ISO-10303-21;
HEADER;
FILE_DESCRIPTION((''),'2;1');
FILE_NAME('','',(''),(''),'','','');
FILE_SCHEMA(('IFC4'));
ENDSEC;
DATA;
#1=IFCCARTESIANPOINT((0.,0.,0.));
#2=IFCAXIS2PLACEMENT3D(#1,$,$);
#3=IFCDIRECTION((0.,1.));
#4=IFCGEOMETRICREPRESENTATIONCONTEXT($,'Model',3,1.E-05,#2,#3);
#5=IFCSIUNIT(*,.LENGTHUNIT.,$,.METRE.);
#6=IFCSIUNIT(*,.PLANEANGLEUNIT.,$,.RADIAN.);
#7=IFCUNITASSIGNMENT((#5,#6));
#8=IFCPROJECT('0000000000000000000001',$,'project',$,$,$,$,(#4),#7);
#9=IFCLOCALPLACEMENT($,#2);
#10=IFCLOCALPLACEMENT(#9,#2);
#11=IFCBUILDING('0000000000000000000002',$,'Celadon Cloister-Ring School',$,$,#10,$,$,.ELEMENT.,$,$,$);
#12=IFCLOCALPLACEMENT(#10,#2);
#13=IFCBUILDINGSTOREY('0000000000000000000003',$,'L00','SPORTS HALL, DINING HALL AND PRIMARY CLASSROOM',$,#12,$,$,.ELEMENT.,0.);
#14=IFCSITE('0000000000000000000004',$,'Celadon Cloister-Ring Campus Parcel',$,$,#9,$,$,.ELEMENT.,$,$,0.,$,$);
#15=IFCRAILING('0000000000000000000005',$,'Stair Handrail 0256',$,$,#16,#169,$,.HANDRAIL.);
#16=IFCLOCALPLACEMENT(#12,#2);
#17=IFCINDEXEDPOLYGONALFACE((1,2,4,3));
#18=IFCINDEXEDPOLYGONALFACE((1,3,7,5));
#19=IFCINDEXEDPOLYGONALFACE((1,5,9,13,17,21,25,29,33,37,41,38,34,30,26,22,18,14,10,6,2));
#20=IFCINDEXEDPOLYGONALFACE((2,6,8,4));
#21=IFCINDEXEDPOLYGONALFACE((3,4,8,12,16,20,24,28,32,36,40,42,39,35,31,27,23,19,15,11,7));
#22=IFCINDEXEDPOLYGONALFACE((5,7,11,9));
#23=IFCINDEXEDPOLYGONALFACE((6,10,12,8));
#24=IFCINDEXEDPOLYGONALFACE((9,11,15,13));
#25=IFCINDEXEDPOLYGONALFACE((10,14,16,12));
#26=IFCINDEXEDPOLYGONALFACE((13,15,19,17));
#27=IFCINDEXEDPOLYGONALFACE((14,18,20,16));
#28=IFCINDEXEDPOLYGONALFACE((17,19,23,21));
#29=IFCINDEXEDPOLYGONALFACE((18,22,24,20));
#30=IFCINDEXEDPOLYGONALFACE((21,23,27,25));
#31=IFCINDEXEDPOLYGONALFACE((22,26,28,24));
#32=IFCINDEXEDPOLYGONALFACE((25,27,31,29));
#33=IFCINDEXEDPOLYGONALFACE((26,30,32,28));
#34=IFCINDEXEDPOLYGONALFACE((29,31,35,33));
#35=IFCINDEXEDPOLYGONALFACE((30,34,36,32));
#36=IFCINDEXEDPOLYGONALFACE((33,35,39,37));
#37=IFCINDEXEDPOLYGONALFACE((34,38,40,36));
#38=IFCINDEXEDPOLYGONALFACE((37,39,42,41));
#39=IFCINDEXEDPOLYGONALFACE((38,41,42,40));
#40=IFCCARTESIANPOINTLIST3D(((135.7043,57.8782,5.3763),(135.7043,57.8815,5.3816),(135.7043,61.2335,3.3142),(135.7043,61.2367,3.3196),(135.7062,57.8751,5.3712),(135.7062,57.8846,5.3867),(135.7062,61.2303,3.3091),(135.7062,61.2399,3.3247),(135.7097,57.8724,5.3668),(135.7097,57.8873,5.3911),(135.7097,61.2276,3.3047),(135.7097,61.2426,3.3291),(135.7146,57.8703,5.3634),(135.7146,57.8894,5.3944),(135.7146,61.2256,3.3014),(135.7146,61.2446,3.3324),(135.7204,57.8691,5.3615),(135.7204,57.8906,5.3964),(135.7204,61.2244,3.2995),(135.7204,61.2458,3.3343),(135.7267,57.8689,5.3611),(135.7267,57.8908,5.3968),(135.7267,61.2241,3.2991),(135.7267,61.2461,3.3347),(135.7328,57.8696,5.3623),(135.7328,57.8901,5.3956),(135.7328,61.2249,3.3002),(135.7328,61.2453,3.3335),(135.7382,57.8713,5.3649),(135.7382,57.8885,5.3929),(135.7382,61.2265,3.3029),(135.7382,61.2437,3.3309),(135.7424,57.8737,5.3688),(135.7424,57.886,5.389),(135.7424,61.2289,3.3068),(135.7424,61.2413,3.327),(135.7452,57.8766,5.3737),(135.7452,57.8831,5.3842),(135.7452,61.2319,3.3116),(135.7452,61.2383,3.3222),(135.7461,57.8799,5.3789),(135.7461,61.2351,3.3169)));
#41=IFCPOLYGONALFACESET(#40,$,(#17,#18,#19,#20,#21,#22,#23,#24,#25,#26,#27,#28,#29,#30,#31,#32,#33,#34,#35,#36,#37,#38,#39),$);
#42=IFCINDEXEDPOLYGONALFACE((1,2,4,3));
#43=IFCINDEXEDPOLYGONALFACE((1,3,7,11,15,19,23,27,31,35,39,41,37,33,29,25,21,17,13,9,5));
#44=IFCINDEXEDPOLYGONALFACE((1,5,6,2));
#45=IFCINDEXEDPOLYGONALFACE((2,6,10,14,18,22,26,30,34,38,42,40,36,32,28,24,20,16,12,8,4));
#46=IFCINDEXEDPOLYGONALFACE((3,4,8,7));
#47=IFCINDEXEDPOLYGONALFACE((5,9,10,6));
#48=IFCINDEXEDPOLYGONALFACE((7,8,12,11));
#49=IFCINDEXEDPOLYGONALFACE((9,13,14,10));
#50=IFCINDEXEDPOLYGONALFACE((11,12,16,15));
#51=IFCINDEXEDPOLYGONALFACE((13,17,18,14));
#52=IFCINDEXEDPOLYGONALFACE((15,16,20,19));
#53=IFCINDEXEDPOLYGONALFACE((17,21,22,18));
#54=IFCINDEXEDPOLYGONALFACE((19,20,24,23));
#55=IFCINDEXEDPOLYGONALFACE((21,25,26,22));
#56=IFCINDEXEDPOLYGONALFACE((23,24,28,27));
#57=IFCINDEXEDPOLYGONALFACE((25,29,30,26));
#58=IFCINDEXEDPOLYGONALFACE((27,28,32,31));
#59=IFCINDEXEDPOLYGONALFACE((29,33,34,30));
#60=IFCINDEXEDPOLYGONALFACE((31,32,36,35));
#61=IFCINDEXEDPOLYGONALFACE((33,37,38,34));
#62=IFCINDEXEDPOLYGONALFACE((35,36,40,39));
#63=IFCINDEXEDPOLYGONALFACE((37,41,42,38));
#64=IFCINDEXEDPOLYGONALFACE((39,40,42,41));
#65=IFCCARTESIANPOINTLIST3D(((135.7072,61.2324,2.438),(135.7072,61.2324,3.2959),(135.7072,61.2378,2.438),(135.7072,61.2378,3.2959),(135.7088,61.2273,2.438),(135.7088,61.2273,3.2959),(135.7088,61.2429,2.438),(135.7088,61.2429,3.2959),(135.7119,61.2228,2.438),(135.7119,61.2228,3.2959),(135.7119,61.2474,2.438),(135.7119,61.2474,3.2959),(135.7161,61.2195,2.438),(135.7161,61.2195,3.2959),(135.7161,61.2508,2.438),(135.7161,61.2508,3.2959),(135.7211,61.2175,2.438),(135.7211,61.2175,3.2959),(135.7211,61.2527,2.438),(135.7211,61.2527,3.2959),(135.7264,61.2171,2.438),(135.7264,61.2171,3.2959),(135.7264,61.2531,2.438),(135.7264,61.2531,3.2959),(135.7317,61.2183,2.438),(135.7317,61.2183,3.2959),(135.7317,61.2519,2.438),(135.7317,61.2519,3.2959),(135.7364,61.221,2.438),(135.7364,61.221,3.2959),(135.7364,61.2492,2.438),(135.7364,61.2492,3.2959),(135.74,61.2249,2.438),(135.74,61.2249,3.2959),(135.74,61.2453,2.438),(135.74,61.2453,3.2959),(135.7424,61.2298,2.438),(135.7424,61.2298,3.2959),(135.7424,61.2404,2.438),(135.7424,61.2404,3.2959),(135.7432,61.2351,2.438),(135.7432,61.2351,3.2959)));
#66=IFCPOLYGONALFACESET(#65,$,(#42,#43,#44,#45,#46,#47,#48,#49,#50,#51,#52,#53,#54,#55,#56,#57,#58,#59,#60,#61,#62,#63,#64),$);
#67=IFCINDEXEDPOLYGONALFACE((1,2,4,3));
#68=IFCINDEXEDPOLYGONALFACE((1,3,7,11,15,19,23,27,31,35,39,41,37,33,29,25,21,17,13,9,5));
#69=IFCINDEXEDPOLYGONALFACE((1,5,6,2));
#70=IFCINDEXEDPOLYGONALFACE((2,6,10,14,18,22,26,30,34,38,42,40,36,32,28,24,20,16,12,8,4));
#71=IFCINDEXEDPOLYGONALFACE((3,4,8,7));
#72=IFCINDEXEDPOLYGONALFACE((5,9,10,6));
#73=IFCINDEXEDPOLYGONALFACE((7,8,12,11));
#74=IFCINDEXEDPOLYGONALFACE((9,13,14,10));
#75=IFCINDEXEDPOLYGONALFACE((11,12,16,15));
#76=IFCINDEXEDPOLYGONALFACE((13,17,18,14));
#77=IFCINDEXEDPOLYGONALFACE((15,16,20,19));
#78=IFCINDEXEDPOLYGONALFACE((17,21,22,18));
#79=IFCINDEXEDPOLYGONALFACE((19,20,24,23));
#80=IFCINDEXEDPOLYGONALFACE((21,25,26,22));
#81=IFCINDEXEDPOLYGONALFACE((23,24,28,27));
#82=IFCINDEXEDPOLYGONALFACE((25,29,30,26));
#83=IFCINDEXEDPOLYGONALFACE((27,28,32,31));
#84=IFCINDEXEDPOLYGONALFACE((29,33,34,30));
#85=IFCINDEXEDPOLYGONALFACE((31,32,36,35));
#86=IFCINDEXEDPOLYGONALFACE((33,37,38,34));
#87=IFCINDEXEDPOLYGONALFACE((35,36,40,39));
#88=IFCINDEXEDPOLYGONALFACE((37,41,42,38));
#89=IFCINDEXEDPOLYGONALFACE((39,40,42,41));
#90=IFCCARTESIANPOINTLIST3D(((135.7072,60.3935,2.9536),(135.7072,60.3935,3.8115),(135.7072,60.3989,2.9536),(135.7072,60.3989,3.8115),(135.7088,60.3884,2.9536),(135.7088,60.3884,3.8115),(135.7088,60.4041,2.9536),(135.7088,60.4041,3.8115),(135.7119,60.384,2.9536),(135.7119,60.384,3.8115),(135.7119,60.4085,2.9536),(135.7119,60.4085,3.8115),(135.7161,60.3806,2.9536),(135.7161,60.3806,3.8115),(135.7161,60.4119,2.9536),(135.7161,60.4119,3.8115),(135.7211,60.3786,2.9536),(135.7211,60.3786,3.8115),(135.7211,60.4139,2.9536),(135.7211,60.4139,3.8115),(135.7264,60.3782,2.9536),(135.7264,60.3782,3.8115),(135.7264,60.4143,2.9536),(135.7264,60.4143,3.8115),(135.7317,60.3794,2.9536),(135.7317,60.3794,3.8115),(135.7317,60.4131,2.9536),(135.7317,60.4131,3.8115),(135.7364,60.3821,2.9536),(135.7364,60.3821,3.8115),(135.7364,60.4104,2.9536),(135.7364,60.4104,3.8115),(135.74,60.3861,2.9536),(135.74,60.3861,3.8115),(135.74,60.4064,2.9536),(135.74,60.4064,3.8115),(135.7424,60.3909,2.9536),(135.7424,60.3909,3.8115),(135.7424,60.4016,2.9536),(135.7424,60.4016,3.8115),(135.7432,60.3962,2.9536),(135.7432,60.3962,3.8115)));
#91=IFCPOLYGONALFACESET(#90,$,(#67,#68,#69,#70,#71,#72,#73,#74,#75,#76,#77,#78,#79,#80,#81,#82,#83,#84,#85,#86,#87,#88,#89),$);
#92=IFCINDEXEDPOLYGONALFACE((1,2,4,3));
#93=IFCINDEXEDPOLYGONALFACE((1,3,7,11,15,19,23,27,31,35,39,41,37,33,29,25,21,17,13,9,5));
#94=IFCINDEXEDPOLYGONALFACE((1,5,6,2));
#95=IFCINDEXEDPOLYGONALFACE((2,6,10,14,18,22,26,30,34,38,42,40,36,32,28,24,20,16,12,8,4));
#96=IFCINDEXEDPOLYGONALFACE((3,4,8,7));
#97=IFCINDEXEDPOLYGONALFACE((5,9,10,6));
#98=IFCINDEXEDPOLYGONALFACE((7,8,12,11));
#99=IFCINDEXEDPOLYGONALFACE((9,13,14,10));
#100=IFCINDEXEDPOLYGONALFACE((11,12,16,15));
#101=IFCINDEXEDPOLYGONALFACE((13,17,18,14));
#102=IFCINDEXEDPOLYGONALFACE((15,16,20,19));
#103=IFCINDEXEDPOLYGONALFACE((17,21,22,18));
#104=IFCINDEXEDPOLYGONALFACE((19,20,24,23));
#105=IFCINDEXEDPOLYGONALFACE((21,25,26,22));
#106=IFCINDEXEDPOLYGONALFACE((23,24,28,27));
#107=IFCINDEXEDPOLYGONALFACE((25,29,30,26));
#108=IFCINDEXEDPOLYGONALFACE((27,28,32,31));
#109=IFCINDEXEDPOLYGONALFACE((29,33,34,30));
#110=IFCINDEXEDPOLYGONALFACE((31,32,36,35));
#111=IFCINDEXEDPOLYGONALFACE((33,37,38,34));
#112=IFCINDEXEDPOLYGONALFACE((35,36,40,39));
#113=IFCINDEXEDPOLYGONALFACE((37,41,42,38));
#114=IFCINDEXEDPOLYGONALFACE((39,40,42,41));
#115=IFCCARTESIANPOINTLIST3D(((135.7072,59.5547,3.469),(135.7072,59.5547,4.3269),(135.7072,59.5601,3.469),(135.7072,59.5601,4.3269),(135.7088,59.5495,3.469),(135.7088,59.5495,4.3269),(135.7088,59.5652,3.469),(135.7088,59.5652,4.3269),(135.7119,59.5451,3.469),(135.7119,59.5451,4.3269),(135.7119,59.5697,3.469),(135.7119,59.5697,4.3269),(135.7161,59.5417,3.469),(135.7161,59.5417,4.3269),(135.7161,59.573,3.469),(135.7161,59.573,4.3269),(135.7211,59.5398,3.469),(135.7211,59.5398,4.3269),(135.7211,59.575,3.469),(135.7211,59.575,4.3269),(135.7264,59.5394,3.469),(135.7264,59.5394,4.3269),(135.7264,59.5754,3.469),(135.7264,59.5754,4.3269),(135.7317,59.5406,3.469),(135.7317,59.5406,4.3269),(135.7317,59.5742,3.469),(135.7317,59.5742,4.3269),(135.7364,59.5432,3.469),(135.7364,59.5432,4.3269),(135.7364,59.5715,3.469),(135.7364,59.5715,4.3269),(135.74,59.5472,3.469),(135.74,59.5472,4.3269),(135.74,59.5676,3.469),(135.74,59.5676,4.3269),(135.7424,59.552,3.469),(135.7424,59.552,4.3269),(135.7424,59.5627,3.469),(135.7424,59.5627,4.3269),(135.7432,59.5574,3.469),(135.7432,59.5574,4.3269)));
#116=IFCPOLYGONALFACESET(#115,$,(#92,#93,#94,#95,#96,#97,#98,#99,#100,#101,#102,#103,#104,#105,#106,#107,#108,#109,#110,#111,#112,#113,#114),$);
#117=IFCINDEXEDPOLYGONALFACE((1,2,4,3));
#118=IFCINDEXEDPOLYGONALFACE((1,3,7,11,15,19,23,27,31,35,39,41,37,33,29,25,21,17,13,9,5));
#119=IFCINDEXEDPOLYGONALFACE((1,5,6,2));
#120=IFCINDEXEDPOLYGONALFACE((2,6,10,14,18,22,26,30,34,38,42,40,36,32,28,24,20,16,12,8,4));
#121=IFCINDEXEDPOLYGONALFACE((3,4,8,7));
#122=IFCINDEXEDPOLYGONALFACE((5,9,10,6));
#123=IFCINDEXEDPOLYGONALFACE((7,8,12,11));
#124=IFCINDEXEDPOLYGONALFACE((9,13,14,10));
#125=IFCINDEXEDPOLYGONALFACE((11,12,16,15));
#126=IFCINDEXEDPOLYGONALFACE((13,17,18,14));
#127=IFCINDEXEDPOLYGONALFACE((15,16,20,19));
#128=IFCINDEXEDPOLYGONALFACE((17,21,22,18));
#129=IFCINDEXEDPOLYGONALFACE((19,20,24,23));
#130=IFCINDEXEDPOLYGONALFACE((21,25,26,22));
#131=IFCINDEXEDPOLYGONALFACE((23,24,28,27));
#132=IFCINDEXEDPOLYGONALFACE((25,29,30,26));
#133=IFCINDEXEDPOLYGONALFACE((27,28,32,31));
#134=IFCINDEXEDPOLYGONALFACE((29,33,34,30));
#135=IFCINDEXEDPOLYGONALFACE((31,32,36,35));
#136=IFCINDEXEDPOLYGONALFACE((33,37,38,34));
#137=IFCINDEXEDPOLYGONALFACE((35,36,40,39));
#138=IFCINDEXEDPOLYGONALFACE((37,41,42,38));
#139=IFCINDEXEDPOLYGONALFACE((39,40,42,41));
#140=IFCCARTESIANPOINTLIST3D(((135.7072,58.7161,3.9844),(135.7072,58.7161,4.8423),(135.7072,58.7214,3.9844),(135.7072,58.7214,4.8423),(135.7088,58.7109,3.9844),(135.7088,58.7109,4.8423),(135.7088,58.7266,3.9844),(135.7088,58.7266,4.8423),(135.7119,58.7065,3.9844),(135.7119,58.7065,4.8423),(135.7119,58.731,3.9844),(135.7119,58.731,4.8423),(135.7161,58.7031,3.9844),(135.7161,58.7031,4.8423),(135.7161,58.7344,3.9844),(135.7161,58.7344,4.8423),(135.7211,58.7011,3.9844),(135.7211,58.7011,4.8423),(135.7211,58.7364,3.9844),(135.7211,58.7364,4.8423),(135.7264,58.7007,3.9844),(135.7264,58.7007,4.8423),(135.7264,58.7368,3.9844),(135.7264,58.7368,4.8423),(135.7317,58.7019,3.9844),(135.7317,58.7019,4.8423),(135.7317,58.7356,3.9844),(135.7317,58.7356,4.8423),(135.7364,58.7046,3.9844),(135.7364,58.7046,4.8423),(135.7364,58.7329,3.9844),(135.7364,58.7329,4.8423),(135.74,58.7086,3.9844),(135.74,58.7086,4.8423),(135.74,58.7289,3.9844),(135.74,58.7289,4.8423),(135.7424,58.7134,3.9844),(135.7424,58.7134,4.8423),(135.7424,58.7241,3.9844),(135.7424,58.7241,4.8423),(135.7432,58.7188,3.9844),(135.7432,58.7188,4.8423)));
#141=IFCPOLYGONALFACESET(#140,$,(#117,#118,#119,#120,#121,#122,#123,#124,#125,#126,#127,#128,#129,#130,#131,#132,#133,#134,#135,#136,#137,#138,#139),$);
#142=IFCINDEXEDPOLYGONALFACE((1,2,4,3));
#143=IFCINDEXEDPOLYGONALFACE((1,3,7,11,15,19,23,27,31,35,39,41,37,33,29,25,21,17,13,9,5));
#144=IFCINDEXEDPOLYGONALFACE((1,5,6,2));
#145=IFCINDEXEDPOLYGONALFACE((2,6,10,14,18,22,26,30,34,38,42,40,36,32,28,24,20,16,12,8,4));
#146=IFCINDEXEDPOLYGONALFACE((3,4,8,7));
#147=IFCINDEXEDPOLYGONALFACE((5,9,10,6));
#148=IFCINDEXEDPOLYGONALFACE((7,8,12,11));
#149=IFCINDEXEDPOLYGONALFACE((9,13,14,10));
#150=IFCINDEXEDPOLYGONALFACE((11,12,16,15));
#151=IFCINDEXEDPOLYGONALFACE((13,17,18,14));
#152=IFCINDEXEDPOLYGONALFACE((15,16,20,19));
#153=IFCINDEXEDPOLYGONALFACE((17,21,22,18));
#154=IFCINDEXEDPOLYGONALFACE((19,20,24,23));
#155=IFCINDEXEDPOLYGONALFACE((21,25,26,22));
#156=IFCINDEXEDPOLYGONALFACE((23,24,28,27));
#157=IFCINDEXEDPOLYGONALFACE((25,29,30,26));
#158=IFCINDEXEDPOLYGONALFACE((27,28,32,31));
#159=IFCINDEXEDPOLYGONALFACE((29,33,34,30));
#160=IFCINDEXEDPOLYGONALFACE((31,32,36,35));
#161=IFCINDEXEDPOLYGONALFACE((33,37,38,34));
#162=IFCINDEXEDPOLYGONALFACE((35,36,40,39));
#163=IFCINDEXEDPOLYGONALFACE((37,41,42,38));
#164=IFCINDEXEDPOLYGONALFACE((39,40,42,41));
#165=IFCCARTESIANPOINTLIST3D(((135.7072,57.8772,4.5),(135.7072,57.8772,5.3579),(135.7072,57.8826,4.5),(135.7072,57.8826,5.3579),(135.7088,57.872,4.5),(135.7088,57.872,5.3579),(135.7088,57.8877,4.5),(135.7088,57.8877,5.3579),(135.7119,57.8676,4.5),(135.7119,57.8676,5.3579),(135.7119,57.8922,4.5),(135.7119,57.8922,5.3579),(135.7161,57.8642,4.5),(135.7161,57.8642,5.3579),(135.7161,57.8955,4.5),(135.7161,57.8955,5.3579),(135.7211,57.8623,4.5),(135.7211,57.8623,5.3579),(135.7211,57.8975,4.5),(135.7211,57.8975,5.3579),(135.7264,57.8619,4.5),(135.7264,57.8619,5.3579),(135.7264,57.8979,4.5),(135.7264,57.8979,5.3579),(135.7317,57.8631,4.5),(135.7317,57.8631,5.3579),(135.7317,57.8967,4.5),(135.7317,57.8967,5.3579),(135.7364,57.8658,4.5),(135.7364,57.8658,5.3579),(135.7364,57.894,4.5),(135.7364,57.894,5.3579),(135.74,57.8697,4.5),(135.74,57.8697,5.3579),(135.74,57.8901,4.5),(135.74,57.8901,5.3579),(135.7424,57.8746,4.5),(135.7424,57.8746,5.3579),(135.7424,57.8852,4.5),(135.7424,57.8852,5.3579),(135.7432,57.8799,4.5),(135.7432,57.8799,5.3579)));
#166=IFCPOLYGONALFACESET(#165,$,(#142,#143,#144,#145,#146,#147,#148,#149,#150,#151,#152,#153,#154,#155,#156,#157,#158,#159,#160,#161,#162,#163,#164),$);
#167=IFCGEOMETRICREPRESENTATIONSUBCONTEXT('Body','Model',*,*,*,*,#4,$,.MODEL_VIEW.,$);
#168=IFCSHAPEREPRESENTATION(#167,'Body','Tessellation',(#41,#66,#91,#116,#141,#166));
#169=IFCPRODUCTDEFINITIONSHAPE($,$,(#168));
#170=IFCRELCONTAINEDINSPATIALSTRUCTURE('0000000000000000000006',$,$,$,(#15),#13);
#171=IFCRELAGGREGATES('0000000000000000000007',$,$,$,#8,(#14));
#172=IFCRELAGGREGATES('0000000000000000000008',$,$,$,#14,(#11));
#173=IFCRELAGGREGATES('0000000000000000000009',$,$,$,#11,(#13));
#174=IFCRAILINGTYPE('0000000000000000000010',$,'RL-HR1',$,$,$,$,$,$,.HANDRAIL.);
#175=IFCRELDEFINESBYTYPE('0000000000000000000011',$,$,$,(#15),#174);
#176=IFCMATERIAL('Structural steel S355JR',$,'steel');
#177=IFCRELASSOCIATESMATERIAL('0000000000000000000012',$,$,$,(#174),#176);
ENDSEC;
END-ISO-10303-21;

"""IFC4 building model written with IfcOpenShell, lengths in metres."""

from ifc_helpers import new_model, si_unit, direction, frame, origin, origin_2d, place, context, subcontext, project, spatial, circle, extrude, material, type_object, element, save


model = new_model("IFC4")

# Units and contexts
model_context = context("Model", 3, precision=1e-05, world=origin(), true_north=direction((0.0, 1.0)))
body_context = subcontext(model_context, "Body", "Model", "MODEL_VIEW")
ifc_project = project(units=[si_unit("LENGTHUNIT", "METRE"), si_unit("PLANEANGLEUNIT", "RADIAN")], contexts=[model_context])

# Site, building, storey
site_placement = place(None, origin())
site = spatial("IfcSite", under=ifc_project, at=site_placement, Name="Celadon Cloister-Ring Campus Parcel", CompositionType="ELEMENT", RefElevation=0.0)
building_placement = place(site_placement, origin())
building = spatial("IfcBuilding", under=site, at=building_placement, Name="Celadon Cloister-Ring School", CompositionType="ELEMENT")
storey_placement = place(building_placement, origin())
storey = spatial("IfcBuildingStorey", under=building, at=storey_placement, Name="L00", Description="SPORTS HALL, DINING HALL AND PRIMARY CLASSROOM", CompositionType="ELEMENT", Elevation=0.0)

# Railing
ifc_material_1 = material(Name="Structural steel S355JR", Category="steel")
railing_type_1 = type_object("IfcRailingType", Name="RL-HR1", PredefinedType="HANDRAIL", material=ifc_material_1)
for number, where, name in (
    (1, (135.7251, 61.2351, 2.438), "Stair Handrail 0256"),
):
    element("IfcRailing", number, at=place(storey_placement, frame(where)), inside=storey, type_object=railing_type_1, Name=name, PredefinedType="HANDRAIL", context=body_context, shape_type="SweptSolid", body=[
        extrude(circle(Radius=0.021, at=origin_2d()), frame((0.0, 0.0, 0.8789), z_axis=(0.0, -0.851969, 0.523592), x_axis=(1.0, 0.0, 0.0)), (0.0, 0.0, 1.0), 3.9382),
        extrude(circle(Radius=0.0181, at=origin_2d()), origin(), (0.0, 0.0, 1.0), 0.8579),
        extrude(circle(Radius=0.0181, at=origin_2d()), frame((0.0, -0.8389, 0.5156)), (0.0, 0.0, 1.0), 0.8579),
        extrude(circle(Radius=0.0181, at=origin_2d()), frame((0.0, -1.6777, 1.031)), (0.0, 0.0, 1.0), 0.8579),
        extrude(circle(Radius=0.0181, at=origin_2d()), frame((0.0, -2.5164, 1.5464)), (0.0, 0.0, 1.0), 0.8579),
        extrude(circle(Radius=0.0181, at=origin_2d()), frame((0.0, -3.3552, 2.062)), (0.0, 0.0, 1.0), 0.8579),
    ])

save(model, "model.ifc")
